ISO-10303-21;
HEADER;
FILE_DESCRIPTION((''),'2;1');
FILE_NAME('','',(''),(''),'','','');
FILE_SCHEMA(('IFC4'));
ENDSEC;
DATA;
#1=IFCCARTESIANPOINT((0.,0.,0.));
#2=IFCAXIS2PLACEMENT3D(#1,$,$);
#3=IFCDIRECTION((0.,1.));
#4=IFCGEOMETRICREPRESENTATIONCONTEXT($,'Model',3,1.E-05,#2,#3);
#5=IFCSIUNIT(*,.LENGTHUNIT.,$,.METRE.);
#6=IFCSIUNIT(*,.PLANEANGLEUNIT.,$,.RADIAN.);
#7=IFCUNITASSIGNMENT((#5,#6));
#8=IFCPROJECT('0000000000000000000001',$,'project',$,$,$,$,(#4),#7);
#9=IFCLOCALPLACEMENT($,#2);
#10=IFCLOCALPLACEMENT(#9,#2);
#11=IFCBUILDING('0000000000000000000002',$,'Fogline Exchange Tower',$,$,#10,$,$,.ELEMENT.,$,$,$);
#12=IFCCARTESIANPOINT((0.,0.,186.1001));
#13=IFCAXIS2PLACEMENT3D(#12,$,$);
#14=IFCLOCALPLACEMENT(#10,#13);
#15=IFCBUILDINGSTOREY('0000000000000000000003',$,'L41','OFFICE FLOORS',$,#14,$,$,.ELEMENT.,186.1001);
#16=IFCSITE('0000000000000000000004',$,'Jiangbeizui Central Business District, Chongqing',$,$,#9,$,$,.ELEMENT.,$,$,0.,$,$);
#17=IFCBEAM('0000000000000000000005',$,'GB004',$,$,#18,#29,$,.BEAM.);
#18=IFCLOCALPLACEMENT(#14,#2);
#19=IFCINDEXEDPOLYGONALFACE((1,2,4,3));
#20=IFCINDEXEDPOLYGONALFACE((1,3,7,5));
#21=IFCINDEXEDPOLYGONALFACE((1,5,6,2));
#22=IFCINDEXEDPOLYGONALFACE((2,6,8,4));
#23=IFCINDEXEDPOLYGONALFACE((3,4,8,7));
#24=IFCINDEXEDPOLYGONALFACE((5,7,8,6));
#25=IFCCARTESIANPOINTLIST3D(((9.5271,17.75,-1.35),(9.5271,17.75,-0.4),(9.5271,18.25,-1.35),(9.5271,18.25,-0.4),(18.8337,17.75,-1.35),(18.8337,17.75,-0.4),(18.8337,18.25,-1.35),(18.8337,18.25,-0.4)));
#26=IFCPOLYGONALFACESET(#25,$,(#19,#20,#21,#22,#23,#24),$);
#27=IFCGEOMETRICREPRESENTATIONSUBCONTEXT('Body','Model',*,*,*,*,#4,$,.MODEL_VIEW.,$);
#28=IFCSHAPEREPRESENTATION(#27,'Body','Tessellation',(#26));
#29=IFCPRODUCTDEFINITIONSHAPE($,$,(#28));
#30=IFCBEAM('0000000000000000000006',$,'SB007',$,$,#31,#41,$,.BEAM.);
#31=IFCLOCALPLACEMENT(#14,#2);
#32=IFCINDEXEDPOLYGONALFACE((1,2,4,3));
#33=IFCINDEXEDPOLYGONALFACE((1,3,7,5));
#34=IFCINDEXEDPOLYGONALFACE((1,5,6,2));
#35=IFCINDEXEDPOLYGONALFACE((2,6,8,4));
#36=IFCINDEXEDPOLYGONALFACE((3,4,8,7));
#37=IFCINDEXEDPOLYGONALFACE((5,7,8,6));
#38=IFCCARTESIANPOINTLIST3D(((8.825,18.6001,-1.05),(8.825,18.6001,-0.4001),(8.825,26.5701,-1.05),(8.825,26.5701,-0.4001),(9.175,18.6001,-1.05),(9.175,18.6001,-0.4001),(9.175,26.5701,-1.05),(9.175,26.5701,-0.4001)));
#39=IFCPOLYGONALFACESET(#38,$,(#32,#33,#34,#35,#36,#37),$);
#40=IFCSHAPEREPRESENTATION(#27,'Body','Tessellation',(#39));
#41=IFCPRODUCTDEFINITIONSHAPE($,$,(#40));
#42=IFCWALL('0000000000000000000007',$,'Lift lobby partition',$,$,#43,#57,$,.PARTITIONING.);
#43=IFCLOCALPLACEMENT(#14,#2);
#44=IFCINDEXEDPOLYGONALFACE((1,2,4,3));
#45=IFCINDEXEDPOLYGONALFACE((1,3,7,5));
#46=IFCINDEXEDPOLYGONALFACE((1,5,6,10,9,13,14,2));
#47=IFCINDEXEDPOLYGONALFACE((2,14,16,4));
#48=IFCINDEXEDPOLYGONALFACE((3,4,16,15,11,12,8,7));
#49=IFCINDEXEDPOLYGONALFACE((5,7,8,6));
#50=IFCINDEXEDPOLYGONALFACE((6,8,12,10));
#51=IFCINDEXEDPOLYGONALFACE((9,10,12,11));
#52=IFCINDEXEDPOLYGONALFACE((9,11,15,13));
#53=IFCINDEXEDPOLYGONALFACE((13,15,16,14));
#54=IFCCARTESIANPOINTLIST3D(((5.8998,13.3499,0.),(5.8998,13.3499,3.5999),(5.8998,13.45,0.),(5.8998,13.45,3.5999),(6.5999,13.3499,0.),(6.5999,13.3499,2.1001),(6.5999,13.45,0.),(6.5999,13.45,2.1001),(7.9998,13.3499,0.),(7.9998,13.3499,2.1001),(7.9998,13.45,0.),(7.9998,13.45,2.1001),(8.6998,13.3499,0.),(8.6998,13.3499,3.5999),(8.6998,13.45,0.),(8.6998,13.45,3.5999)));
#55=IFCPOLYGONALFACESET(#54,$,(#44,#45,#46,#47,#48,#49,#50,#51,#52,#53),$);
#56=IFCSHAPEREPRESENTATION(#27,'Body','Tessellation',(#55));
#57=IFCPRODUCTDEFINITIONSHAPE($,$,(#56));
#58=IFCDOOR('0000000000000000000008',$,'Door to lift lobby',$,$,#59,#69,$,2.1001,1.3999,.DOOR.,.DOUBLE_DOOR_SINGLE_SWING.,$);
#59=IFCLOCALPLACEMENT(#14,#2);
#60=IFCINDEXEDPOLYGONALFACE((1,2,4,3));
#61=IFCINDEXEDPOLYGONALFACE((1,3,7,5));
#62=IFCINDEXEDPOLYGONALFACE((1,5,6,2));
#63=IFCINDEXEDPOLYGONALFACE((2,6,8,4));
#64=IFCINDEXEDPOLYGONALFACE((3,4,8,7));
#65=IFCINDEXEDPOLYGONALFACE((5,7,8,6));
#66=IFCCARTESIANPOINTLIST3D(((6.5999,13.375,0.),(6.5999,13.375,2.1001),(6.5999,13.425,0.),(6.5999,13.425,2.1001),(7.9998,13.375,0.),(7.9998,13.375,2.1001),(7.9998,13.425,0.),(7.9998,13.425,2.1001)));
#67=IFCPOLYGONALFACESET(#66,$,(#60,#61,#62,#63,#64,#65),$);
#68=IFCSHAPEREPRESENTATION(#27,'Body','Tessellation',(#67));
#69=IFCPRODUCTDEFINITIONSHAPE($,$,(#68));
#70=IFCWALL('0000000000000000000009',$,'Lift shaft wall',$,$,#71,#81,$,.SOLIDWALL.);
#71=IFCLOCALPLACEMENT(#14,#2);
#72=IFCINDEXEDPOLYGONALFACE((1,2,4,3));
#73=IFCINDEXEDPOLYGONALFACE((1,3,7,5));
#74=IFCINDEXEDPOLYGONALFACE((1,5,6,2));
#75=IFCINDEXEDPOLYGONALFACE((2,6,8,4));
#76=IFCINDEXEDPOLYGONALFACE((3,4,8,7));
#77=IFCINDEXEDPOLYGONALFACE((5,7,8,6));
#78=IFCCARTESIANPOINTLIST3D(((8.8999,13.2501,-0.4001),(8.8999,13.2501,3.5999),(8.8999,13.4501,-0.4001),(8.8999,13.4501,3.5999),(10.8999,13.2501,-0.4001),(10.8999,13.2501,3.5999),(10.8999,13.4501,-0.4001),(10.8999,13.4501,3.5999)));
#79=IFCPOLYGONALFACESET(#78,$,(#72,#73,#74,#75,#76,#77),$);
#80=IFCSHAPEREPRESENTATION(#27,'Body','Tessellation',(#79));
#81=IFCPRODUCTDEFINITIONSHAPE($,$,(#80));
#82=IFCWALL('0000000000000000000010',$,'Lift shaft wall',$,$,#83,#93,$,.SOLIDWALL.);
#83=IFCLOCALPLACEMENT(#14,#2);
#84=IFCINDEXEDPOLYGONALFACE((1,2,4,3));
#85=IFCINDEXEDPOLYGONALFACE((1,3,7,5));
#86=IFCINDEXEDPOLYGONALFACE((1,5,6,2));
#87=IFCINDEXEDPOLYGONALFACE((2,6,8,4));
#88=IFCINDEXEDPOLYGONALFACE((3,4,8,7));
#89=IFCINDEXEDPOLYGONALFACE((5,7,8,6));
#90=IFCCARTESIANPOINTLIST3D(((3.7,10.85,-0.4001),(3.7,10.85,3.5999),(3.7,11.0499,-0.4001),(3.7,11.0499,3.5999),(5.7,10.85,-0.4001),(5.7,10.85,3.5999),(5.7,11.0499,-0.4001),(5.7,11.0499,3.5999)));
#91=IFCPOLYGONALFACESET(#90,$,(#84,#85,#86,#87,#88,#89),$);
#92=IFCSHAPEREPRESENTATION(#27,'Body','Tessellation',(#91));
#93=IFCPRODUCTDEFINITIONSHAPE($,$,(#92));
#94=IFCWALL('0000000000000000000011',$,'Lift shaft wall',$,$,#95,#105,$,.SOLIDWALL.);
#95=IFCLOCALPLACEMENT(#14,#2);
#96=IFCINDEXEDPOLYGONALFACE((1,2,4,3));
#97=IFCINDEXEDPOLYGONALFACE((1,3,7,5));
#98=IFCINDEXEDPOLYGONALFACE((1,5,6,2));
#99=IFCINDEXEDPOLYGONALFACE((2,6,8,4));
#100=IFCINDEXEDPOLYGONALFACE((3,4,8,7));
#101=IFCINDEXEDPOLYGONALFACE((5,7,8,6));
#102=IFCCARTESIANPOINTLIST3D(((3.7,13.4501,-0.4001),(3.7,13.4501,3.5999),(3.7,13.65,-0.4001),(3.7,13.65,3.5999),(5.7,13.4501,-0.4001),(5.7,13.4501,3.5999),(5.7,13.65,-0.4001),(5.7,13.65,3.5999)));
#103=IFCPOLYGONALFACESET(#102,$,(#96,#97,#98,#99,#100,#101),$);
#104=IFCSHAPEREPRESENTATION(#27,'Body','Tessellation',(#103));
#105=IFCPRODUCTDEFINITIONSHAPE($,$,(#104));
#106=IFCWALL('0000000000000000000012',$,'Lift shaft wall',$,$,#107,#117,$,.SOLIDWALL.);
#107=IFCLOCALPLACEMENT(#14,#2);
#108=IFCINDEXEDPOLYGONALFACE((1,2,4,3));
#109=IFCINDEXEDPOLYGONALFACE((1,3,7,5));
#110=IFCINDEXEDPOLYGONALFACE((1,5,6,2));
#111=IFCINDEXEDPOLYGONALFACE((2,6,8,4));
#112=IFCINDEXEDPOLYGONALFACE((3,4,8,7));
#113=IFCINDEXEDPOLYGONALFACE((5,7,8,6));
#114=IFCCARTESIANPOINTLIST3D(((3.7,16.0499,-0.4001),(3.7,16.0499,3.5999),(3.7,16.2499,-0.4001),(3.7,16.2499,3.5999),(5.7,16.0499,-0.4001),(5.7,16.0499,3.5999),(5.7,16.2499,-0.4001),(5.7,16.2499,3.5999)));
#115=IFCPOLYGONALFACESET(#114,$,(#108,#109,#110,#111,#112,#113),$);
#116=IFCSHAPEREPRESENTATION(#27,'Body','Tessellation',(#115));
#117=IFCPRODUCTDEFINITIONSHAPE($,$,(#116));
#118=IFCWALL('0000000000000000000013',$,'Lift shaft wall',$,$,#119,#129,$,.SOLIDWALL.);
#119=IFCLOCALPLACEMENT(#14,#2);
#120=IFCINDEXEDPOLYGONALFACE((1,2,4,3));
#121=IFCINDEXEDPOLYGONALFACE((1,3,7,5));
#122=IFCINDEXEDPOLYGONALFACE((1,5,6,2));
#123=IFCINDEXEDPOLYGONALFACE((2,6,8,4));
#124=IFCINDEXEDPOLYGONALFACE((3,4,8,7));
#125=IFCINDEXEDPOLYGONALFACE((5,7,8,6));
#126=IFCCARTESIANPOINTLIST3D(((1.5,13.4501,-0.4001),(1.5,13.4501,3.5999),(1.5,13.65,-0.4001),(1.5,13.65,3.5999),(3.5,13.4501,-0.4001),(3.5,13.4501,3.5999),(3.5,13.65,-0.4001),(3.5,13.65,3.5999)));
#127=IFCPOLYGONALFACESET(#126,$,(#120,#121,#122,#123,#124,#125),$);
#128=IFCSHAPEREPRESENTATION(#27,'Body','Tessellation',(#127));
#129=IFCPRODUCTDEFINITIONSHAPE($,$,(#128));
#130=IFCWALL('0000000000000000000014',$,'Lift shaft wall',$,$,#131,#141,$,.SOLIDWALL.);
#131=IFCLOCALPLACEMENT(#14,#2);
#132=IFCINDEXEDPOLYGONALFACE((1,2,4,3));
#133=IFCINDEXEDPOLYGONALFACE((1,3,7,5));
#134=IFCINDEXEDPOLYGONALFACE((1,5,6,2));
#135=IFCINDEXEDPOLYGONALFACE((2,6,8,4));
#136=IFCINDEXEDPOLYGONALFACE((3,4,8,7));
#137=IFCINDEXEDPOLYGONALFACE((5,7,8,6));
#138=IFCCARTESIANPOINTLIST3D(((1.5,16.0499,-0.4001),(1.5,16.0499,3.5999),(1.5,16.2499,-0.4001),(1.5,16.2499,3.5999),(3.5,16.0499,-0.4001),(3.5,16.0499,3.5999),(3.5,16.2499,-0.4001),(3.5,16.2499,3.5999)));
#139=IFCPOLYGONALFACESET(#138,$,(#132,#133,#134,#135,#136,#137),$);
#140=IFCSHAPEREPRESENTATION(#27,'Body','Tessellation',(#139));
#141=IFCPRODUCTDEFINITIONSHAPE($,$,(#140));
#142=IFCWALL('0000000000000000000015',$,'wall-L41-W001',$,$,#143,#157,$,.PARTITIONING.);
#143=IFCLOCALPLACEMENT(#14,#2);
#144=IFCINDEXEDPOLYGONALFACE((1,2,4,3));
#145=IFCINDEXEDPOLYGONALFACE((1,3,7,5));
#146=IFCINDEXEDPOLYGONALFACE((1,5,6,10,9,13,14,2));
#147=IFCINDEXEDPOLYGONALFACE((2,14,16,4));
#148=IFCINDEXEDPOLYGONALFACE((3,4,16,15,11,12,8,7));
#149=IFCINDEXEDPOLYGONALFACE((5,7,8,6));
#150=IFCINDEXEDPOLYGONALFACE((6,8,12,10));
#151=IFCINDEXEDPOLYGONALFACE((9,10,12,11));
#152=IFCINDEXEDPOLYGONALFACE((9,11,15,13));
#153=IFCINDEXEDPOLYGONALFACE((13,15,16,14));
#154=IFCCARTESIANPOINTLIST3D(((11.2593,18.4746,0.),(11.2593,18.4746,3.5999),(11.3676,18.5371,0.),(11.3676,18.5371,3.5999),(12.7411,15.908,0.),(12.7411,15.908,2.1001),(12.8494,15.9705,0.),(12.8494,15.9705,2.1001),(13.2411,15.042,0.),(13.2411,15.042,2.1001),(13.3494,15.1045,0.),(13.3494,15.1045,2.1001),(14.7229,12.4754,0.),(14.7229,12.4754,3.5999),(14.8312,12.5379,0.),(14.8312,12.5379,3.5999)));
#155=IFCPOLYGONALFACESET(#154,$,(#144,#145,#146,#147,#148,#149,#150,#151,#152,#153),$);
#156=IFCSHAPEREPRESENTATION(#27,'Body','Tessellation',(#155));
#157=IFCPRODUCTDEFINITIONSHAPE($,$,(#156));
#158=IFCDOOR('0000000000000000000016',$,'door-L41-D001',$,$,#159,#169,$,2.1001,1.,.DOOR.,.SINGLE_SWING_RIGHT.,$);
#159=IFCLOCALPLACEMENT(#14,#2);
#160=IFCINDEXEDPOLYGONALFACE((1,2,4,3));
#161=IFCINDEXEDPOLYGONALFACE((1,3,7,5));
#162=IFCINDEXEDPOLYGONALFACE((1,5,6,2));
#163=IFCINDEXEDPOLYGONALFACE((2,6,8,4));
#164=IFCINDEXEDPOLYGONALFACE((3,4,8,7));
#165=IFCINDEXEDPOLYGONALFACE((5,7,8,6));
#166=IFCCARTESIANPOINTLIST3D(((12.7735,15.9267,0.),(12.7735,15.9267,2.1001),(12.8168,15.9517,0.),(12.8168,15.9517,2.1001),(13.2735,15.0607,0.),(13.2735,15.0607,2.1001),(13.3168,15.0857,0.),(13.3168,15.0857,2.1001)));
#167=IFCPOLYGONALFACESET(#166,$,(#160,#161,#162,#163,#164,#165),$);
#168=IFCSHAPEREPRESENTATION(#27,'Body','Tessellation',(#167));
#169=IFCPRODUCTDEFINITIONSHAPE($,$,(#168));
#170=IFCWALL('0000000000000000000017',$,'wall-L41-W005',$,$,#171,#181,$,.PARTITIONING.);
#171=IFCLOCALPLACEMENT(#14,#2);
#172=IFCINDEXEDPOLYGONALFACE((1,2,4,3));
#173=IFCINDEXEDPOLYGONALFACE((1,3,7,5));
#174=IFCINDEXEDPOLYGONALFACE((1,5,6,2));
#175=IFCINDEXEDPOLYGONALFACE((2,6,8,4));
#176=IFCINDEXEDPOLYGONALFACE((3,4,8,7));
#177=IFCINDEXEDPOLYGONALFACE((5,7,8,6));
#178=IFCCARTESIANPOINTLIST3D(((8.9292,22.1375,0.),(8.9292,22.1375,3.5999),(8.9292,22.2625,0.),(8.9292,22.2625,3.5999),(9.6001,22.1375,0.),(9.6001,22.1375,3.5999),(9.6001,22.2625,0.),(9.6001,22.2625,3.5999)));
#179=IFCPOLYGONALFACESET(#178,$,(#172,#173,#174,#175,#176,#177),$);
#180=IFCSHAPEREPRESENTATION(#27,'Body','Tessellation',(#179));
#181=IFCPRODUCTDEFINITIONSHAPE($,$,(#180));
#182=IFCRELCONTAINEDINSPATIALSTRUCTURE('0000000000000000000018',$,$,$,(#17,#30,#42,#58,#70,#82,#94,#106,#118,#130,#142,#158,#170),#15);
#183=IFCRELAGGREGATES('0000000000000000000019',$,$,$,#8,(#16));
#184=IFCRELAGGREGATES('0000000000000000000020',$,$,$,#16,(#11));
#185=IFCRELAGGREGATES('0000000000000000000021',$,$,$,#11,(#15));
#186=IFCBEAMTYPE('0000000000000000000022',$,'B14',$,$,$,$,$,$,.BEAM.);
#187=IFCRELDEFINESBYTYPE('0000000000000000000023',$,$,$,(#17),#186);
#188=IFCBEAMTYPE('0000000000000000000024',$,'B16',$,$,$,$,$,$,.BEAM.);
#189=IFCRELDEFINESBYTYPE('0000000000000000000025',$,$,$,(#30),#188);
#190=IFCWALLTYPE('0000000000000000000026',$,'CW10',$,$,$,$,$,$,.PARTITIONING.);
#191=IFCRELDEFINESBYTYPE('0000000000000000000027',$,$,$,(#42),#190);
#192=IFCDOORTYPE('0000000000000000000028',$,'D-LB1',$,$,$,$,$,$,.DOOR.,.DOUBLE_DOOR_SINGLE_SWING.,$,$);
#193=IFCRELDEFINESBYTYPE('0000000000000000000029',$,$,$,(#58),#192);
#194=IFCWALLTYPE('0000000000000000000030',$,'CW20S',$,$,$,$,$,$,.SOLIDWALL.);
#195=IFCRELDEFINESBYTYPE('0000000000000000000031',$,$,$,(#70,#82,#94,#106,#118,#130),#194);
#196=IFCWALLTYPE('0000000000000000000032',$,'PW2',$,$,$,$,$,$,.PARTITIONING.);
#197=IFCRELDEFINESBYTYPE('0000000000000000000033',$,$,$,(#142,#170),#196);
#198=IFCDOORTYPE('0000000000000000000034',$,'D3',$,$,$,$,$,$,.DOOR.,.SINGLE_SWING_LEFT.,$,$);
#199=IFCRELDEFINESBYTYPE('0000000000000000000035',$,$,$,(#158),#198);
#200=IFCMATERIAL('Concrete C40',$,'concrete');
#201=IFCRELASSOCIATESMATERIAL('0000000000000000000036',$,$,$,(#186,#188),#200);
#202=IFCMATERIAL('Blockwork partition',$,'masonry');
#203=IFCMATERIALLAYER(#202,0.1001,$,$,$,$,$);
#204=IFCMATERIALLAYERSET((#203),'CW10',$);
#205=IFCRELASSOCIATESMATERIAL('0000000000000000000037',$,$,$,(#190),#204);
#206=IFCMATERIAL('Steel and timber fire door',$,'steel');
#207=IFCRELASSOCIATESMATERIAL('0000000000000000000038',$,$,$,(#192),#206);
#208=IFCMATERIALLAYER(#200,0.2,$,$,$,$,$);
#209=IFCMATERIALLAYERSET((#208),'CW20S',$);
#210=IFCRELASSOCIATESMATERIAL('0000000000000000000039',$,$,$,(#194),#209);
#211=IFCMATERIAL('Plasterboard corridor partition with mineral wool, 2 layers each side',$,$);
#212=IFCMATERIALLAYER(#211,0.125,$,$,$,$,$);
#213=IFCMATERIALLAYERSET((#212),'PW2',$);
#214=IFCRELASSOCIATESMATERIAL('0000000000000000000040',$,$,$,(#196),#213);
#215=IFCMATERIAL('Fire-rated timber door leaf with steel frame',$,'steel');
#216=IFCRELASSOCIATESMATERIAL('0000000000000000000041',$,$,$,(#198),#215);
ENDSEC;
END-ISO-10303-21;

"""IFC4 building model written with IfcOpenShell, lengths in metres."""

from ifc_helpers import new_model, si_unit, direction, frame, frame_2d, origin, origin_2d, place, context, subcontext, project, spatial, rectangle, extrude, material, layer, layer_set, material_profile, profile_set, type_object, element, fill, save


model = new_model("IFC4")

# Units and contexts
model_context = context("Model", 3, precision=1e-05, world=origin(), true_north=direction((0.0, 1.0)))
body_context = subcontext(model_context, "Body", "Model", "MODEL_VIEW")
ifc_project = project(units=[si_unit("LENGTHUNIT", "METRE"), si_unit("PLANEANGLEUNIT", "RADIAN")], contexts=[model_context])

# Site, building, storey
site_placement = place(None, origin())
site = spatial("IfcSite", under=ifc_project, at=site_placement, Name="Jiangbeizui Central Business District, Chongqing", CompositionType="ELEMENT", RefElevation=0.0)
building_placement = place(site_placement, origin())
building = spatial("IfcBuilding", under=site, at=building_placement, Name="Fogline Exchange Tower", CompositionType="ELEMENT")
storey_placement = place(building_placement, frame((0.0, 0.0, 186.1001)))
storey = spatial("IfcBuildingStorey", under=building, at=storey_placement, Name="L41", Description="OFFICE FLOORS", CompositionType="ELEMENT", Elevation=186.1001)

# Beams
ifc_material_1 = material(Name="Concrete C40", Category="concrete")
ifc_material_profile_1 = material_profile(ifc_material_1, rectangle(XDim=0.5, YDim=0.95, at=origin_2d()), Name="RC 500x950")
ifc_profile_set_1 = profile_set([ifc_material_profile_1], Name="Concrete C40")
beam_type_1 = type_object("IfcBeamType", Name="B14", PredefinedType="BEAM", material=ifc_profile_set_1)
beam_1_placement = place(storey_placement, frame((9.5271, 18.0, -0.875), z_axis=(1.0, 0.0, 0.0), x_axis=(0.0, 1.0, 0.0)))
element("IfcBeam", 1, at=beam_1_placement, inside=storey, type_object=beam_type_1, Name="GB004", PredefinedType="BEAM", context=body_context, shape_type="SweptSolid", body=[
    extrude(rectangle(XDim=0.5, YDim=0.95, at=origin_2d()), origin(), (0.0, 0.0, 1.0), 9.3066),
])
ifc_material_profile_2 = material_profile(ifc_material_1, rectangle(XDim=0.3501, YDim=0.6499, at=origin_2d()), Name="RC 350x650")
ifc_profile_set_2 = profile_set([ifc_material_profile_2], Name="Concrete C40")
beam_type_2 = type_object("IfcBeamType", Name="B16", PredefinedType="BEAM", material=ifc_profile_set_2)
beam_2_placement = place(storey_placement, frame((9.0, 18.6001, -0.7251), z_axis=(0.0, 1.0, 0.0), x_axis=(-1.0, 0.0, 0.0)))
element("IfcBeam", 2, at=beam_2_placement, inside=storey, type_object=beam_type_2, Name="SB007", PredefinedType="BEAM", context=body_context, shape_type="SweptSolid", body=[
    extrude(rectangle(XDim=0.3501, YDim=0.6499, at=origin_2d()), origin(), (0.0, 0.0, 1.0), 7.97),
])

# Wall, opening, door
ifc_material_2 = material(Name="Blockwork partition", Category="masonry")
ifc_layer_1 = layer(ifc_material_2, 0.1001)
ifc_layer_set_1 = layer_set([ifc_layer_1], Name="CW10")
wall_type_1 = type_object("IfcWallType", Name="CW10", PredefinedType="PARTITIONING", material=ifc_layer_set_1)
wall_1_placement = place(storey_placement, frame((5.8999, 13.3999, 0.0), z_axis=(0.0, 0.0, 1.0), x_axis=(1.0, 0.0, 0.0)))
wall_1 = element("IfcWall", 3, at=wall_1_placement, inside=storey, type_object=wall_type_1, Name="Lift lobby partition", PredefinedType="PARTITIONING", context=body_context, shape_type="SweptSolid", body=[
    extrude(rectangle(XDim=2.8, YDim=0.1001, at=frame_2d((1.3999, 0.0))), origin(), (0.0, 0.0, 1.0), 3.5999),
])
opening_1_placement = place(wall_1_placement, frame((0.7, 0.0, 0.0)))
opening_1 = element("IfcOpeningElement", 4, at=opening_1_placement, cuts=wall_1, PredefinedType="OPENING", context=body_context, shape_type="SweptSolid", body=[
    extrude(rectangle(XDim=1.3999, YDim=2.1001, at=frame_2d((0.7, 1.05))), frame((0.0, 0.0601, 0.0), z_axis=(0.0, -1.0, 0.0), x_axis=(1.0, 0.0, 0.0)), (0.0, 0.0, 1.0), 0.1201),
])
ifc_material_3 = material(Name="Steel and timber fire door", Category="steel")
door_type_1 = type_object("IfcDoorType", Name="D-LB1", OperationType="DOUBLE_DOOR_SINGLE_SWING", PredefinedType="DOOR", material=ifc_material_3)
door_1_placement = place(opening_1_placement, frame((1.3999, 0.0, 0.0), z_axis=(0.0, 0.0, 1.0), x_axis=(-1.0, 0.0, 0.0)))
door_1 = element("IfcDoor", 5, at=door_1_placement, inside=storey, type_object=door_type_1, Name="Door to lift lobby", OperationType="DOUBLE_DOOR_SINGLE_SWING", OverallHeight=2.1001, OverallWidth=1.3999, PredefinedType="DOOR", context=body_context, shape_type="SweptSolid", body=[
    extrude(rectangle(XDim=1.3999, YDim=2.1001, at=frame_2d((0.7, 1.05))), frame((0.0, 0.0249, 0.0), z_axis=(0.0, -1.0, 0.0), x_axis=(1.0, 0.0, 0.0)), (0.0, 0.0, 1.0), 0.05),
])
fill(opening_1, door_1)

# Walls
ifc_layer_2 = layer(ifc_material_1, 0.2)
ifc_layer_set_2 = layer_set([ifc_layer_2], Name="CW20S")
wall_type_2 = type_object("IfcWallType", Name="CW20S", PredefinedType="SOLIDWALL", material=ifc_layer_set_2)
for number, where, z_axis, x_axis, name in (
    (6, (8.8999, 13.3501, -0.4001), (0.0, 0.0, 1.0), (1.0, 0.0, 0.0), "Lift shaft wall"),
    (7, (3.7, 10.95, -0.4001), (0.0, 0.0, 1.0), (1.0, 0.0, 0.0), "Lift shaft wall"),
    (8, (3.7, 13.55, -0.4001), (0.0, 0.0, 1.0), (1.0, 0.0, 0.0), "Lift shaft wall"),
    (9, (3.7, 16.1499, -0.4001), (0.0, 0.0, 1.0), (1.0, 0.0, 0.0), "Lift shaft wall"),
    (10, (1.5, 13.55, -0.4001), (0.0, 0.0, 1.0), (1.0, 0.0, 0.0), "Lift shaft wall"),
    (11, (1.5, 16.1499, -0.4001), (0.0, 0.0, 1.0), (1.0, 0.0, 0.0), "Lift shaft wall"),
):
    element("IfcWall", number, at=place(storey_placement, frame(where, z_axis=z_axis, x_axis=x_axis)), inside=storey, type_object=wall_type_2, Name=name, PredefinedType="SOLIDWALL", context=body_context, shape_type="SweptSolid", body=[
        extrude(rectangle(XDim=2.0, YDim=0.2, at=frame_2d((1.0, 0.0))), origin(), (0.0, 0.0, 1.0), 4.0),
    ])

# Wall, opening, door
ifc_material_4 = material(Name="Plasterboard corridor partition with mineral wool, 2 layers each side")
ifc_layer_3 = layer(ifc_material_4, 0.125)
ifc_layer_set_3 = layer_set([ifc_layer_3], Name="PW2")
wall_type_3 = type_object("IfcWallType", Name="PW2", PredefinedType="PARTITIONING", material=ifc_layer_set_3)
wall_2_placement = place(storey_placement, frame((11.3135, 18.5059, 0.0), z_axis=(0.0, 0.0, 1.0), x_axis=(0.499994, -0.866029, 0.0)))
wall_2 = element("IfcWall", 12, at=wall_2_placement, inside=storey, type_object=wall_type_3, Name="wall-L41-W001", PredefinedType="PARTITIONING", context=body_context, shape_type="SweptSolid", body=[
    extrude(rectangle(XDim=6.9272, YDim=0.125, at=frame_2d((3.4636, 0.0))), origin(), (0.0, 0.0, 1.0), 3.5999),
])
opening_2_placement = place(wall_2_placement, frame((2.9636, 0.0, 0.0)))
opening_2 = element("IfcOpeningElement", 13, at=opening_2_placement, cuts=wall_2, PredefinedType="OPENING", context=body_context, shape_type="SweptSolid", body=[
    extrude(rectangle(XDim=1.0, YDim=2.1001, at=frame_2d((0.5, 1.05))), frame((0.0, 0.0725, 0.0), z_axis=(0.0, -1.0, 0.0), x_axis=(1.0, 0.0, 0.0)), (0.0, 0.0, 1.0), 0.145),
])
ifc_material_5 = material(Name="Fire-rated timber door leaf with steel frame", Category="steel")
door_type_2 = type_object("IfcDoorType", Name="D3", OperationType="SINGLE_SWING_LEFT", PredefinedType="DOOR", material=ifc_material_5)
door_2_placement = place(opening_2_placement, origin())
door_2 = element("IfcDoor", 14, at=door_2_placement, inside=storey, type_object=door_type_2, Name="door-L41-D001", OperationType="SINGLE_SWING_RIGHT", OverallHeight=2.1001, OverallWidth=1.0, PredefinedType="DOOR", context=body_context, shape_type="SweptSolid", body=[
    extrude(rectangle(XDim=1.0, YDim=2.1001, at=frame_2d((0.5, 1.05))), frame((0.0, 0.0249, 0.0), z_axis=(0.0, -1.0, 0.0), x_axis=(1.0, 0.0, 0.0)), (0.0, 0.0, 1.0), 0.05),
])
fill(opening_2, door_2)

# Wall
wall_3_placement = place(storey_placement, frame((8.9292, 22.2, 0.0), z_axis=(0.0, 0.0, 1.0), x_axis=(1.0, 0.0, 0.0)))
element("IfcWall", 15, at=wall_3_placement, inside=storey, type_object=wall_type_3, Name="wall-L41-W005", PredefinedType="PARTITIONING", context=body_context, shape_type="SweptSolid", body=[
    extrude(rectangle(XDim=0.6709, YDim=0.125, at=frame_2d((0.3354, 0.0))), origin(), (0.0, 0.0, 1.0), 3.5999),
])

save(model, "model.ifc")
